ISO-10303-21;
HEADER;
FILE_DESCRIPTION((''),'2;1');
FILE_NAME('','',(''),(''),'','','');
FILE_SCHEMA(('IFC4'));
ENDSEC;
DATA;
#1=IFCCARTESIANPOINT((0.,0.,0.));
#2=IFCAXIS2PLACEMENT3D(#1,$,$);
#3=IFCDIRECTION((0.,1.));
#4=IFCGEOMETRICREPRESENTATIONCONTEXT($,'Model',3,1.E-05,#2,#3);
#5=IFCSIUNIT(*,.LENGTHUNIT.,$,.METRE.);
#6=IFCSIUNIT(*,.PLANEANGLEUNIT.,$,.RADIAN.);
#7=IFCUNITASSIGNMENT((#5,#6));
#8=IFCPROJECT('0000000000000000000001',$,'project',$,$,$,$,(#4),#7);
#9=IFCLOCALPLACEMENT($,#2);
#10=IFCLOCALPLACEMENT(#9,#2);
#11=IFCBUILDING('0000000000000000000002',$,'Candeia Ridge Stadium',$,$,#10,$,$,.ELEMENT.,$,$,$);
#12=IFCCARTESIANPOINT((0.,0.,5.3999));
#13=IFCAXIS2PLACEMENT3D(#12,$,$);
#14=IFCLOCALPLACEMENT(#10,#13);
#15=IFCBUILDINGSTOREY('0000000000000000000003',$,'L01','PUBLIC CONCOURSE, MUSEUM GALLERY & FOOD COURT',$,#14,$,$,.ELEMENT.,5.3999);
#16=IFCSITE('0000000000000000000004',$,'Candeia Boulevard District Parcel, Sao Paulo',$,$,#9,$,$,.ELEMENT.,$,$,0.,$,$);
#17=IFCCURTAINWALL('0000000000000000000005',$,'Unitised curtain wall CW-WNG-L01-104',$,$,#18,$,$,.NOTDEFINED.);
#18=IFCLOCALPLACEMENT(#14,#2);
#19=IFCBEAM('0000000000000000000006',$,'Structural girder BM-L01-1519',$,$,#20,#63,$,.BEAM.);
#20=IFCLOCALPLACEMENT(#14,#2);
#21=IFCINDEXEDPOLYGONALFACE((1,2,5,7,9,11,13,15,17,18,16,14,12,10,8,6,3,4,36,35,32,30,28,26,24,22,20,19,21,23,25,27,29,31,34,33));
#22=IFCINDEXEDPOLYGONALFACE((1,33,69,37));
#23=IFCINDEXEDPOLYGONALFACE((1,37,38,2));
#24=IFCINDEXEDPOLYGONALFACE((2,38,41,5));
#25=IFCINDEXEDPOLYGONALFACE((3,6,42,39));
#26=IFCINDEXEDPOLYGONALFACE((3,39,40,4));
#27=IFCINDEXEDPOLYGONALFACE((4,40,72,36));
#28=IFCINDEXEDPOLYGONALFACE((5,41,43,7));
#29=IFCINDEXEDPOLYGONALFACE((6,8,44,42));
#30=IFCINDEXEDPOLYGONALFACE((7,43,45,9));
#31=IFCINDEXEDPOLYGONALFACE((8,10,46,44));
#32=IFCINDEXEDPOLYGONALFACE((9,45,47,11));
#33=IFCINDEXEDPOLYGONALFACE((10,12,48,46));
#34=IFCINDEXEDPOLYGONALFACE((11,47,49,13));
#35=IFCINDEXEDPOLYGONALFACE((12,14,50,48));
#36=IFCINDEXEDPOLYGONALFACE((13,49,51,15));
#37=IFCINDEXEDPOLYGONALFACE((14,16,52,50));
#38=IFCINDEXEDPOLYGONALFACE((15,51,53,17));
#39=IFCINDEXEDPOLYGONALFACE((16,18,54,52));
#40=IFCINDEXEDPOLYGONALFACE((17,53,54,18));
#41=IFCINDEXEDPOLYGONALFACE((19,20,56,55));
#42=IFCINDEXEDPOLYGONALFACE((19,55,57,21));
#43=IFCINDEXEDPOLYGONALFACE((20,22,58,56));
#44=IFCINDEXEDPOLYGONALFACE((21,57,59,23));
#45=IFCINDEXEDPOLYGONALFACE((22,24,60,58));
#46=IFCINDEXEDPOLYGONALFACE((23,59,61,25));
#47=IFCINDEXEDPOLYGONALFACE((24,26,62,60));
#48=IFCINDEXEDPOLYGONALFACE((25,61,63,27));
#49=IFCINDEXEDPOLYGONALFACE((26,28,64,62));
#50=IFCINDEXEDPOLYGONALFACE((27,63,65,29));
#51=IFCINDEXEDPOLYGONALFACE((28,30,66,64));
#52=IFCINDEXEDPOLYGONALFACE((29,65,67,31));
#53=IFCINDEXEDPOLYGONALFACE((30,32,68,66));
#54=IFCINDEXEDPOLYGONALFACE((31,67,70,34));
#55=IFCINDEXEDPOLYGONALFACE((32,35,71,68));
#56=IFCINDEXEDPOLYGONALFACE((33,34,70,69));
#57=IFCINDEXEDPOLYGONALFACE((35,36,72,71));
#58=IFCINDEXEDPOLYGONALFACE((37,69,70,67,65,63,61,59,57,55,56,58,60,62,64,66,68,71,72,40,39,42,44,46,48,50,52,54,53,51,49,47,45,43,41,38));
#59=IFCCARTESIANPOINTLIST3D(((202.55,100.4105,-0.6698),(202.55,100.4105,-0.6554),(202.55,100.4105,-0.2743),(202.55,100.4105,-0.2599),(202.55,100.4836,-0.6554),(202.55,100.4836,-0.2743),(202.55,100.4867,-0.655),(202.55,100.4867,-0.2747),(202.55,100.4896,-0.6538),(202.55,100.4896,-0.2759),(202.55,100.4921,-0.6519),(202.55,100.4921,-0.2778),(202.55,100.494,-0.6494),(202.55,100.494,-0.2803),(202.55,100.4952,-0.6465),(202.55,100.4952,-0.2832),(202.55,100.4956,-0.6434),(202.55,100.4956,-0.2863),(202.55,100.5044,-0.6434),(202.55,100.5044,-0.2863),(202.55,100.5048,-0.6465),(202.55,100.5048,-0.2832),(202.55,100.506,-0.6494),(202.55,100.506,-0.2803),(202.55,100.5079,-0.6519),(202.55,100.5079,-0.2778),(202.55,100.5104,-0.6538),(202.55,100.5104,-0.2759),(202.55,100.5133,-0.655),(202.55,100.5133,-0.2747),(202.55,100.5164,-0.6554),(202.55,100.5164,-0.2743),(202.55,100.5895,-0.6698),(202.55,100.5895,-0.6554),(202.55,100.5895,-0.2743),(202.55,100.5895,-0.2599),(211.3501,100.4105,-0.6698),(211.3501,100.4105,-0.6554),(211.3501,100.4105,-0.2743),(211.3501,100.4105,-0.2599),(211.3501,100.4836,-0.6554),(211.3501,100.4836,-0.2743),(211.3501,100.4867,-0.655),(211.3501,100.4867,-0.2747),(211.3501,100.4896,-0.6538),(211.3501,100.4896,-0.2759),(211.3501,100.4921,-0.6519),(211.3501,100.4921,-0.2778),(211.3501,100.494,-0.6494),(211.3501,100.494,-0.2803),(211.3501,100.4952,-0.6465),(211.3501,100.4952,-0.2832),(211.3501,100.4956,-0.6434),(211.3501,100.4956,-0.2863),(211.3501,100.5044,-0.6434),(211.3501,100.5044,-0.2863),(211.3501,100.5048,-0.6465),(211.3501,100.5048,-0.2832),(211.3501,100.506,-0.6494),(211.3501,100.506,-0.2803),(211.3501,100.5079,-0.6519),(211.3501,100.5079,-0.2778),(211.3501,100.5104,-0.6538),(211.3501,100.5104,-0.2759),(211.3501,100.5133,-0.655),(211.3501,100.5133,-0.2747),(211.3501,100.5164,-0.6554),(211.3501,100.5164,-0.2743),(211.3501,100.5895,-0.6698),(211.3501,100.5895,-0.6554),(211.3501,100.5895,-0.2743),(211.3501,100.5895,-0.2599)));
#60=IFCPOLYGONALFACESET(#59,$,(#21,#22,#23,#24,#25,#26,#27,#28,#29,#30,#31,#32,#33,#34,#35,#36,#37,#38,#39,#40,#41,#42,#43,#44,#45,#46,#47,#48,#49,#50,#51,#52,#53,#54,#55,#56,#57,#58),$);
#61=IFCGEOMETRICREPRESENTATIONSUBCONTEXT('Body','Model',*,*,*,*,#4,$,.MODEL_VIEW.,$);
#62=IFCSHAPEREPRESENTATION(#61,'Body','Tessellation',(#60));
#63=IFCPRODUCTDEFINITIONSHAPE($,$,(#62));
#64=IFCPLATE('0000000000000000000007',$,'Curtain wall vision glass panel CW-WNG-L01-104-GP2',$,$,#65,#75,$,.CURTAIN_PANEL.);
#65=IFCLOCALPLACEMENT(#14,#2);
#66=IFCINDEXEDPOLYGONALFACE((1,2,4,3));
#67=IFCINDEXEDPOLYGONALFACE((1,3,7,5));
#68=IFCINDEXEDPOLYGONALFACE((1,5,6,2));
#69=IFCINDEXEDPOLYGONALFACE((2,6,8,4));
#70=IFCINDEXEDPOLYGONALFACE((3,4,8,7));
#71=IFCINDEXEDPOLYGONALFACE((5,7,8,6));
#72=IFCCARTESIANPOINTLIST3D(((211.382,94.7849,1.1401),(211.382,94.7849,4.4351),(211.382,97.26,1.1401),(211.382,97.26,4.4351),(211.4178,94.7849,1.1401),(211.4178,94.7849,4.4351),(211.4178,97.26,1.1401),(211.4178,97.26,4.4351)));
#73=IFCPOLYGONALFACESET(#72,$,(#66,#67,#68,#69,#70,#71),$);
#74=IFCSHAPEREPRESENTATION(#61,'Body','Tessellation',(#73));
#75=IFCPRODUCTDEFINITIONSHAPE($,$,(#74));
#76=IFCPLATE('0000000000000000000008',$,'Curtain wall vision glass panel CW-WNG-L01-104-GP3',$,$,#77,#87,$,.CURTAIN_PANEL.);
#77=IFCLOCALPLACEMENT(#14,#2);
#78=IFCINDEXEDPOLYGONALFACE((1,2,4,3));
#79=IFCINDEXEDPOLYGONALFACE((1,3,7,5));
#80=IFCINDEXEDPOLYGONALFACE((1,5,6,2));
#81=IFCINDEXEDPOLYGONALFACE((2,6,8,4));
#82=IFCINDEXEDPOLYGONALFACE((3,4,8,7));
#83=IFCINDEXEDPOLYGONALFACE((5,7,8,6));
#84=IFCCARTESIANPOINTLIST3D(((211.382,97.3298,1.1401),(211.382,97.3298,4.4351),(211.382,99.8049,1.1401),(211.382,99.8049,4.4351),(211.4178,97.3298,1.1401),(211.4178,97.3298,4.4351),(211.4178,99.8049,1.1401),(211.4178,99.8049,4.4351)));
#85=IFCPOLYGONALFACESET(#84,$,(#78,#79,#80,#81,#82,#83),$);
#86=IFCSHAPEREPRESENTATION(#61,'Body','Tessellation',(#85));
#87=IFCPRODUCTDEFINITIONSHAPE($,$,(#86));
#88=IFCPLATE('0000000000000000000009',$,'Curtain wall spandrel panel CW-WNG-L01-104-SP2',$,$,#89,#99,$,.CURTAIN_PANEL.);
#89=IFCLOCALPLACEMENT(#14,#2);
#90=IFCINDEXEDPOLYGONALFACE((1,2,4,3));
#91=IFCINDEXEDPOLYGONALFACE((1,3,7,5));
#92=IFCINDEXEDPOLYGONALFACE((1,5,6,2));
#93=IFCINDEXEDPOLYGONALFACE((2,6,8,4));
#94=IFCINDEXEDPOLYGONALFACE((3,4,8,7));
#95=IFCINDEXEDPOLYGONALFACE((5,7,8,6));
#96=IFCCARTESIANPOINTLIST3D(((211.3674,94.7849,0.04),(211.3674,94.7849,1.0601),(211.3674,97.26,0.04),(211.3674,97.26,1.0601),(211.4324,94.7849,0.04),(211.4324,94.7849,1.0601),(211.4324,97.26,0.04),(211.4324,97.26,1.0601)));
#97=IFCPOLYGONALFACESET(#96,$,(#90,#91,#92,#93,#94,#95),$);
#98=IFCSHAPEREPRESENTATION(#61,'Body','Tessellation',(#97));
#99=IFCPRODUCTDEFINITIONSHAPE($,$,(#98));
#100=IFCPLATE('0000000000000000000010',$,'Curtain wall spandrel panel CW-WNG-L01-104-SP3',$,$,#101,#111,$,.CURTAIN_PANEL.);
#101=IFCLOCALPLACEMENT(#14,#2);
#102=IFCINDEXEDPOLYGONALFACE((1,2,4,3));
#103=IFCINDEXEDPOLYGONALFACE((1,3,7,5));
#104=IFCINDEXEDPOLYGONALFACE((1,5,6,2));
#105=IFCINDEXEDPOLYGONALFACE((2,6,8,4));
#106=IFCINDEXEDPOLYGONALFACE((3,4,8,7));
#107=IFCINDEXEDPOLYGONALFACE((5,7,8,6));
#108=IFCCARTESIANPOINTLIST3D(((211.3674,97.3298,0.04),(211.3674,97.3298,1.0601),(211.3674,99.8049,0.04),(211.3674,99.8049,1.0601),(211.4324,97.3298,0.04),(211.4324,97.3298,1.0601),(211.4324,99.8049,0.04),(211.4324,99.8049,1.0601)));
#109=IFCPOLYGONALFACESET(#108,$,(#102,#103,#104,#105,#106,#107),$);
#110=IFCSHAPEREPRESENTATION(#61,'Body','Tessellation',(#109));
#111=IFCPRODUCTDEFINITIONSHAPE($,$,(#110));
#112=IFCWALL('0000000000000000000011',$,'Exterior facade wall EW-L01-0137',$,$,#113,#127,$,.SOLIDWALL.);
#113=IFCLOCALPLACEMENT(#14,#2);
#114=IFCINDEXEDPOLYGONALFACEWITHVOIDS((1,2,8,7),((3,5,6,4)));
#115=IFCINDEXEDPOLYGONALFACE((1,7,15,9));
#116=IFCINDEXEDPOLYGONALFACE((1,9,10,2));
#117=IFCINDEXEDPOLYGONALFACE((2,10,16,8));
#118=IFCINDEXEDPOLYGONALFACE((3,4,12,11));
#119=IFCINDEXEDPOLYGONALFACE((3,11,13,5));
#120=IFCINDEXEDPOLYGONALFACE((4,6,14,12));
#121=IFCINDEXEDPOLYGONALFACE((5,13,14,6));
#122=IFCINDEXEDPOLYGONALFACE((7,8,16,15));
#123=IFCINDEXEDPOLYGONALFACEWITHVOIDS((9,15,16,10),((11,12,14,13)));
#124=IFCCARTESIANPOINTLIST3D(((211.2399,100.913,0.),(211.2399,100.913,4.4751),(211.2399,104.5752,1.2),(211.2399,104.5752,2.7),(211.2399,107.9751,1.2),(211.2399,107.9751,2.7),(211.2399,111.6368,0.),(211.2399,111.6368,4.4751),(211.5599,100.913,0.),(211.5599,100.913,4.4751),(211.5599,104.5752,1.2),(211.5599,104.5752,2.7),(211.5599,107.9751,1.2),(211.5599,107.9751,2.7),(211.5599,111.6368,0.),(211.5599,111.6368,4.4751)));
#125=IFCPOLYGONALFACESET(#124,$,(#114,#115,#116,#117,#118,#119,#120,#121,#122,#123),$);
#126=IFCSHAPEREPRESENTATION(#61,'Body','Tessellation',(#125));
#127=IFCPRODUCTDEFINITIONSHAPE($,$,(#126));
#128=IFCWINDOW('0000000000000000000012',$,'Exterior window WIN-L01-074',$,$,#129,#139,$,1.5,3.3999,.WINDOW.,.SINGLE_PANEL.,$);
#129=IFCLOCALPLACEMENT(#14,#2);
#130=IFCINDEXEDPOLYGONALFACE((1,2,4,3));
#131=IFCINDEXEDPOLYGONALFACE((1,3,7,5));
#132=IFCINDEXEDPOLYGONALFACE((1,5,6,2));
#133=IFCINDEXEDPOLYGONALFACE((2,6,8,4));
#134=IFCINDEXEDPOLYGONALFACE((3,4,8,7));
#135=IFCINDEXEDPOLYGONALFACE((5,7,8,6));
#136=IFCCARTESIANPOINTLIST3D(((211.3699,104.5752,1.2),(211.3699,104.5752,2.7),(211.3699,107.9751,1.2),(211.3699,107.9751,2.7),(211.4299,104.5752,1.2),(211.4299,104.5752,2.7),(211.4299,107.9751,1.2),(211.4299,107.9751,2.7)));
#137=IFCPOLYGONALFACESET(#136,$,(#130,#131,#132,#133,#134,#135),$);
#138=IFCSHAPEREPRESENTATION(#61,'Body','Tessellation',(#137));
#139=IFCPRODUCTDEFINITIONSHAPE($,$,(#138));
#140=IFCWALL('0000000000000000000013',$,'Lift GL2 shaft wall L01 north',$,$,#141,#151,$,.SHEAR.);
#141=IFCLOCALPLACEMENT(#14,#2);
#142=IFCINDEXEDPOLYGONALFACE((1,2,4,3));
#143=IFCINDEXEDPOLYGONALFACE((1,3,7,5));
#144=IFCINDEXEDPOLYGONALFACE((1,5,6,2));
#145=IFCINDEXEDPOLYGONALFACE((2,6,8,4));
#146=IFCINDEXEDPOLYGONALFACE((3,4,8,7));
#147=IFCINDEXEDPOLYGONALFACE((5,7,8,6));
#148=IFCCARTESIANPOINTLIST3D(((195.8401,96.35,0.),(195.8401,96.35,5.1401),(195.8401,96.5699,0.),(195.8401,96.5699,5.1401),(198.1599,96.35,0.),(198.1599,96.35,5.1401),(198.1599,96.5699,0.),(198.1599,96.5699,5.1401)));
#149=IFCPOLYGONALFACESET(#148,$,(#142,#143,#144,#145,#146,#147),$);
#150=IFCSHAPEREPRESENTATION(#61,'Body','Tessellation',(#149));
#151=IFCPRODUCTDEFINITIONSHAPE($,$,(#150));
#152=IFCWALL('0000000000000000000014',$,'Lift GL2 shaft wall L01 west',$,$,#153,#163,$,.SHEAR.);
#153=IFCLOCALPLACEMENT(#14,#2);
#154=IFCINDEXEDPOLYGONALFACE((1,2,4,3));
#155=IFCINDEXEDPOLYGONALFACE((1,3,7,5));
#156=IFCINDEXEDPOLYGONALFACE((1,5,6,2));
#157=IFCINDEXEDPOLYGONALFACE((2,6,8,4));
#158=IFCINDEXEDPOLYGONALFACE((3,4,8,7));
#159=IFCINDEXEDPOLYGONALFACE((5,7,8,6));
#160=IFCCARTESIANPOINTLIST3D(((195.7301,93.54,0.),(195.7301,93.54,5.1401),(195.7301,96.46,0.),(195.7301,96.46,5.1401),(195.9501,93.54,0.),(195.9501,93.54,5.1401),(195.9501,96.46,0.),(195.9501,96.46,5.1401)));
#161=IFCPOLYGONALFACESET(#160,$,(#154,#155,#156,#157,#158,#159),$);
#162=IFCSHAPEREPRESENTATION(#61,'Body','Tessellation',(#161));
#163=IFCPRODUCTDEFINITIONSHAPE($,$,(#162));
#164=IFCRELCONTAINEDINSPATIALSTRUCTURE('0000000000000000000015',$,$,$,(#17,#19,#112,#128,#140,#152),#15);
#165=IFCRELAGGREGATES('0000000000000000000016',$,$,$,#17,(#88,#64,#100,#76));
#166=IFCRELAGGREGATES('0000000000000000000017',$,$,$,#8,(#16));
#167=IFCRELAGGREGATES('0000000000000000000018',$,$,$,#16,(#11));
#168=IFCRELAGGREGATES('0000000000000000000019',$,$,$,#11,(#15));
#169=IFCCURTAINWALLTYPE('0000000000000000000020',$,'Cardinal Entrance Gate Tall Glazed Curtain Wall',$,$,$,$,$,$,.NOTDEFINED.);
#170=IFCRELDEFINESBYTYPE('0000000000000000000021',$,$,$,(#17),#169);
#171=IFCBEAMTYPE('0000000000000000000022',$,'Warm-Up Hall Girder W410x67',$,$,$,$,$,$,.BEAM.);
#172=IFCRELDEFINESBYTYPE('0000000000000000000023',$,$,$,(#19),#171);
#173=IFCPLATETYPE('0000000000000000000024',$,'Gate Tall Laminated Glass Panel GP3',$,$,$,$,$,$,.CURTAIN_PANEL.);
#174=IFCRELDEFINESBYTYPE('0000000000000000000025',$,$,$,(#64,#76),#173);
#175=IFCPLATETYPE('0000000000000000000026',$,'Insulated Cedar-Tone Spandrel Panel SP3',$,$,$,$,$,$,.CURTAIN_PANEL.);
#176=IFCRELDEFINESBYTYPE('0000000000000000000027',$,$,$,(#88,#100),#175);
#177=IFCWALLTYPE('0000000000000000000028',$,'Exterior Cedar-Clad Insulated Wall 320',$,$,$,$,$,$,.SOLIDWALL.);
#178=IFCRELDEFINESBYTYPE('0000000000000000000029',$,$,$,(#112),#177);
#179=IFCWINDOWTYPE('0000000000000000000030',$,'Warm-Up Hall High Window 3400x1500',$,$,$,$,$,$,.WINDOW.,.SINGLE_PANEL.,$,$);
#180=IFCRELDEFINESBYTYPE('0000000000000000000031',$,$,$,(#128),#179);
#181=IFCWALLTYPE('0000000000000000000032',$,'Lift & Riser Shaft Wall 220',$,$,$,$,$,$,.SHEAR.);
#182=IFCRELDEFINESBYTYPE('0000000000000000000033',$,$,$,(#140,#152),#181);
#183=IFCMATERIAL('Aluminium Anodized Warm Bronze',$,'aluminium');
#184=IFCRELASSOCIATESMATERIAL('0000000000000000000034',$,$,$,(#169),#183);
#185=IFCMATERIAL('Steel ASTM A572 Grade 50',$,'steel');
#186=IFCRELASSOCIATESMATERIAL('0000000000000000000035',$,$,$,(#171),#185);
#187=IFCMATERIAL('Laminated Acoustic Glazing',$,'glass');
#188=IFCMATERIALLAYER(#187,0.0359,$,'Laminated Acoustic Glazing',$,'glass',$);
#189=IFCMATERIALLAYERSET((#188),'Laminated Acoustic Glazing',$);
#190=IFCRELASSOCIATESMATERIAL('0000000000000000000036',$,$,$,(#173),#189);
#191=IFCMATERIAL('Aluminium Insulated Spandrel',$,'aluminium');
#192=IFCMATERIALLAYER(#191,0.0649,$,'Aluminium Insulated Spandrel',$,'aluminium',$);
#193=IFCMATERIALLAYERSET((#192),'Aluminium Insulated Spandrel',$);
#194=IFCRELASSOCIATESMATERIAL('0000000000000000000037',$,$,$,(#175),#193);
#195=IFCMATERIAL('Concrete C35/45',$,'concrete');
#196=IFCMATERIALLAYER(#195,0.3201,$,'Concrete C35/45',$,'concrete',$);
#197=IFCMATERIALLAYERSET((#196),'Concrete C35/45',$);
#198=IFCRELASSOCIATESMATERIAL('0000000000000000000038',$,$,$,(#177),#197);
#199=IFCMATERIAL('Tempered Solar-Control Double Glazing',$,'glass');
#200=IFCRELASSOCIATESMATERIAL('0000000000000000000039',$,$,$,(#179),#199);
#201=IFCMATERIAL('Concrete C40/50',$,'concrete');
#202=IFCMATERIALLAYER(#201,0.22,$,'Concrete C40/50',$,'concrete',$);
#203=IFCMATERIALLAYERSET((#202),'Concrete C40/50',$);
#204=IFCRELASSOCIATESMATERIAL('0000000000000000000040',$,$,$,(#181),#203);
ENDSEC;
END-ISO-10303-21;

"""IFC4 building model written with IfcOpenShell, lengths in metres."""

from ifc_helpers import new_model, si_unit, direction, frame, frame_2d, origin, origin_2d, place, context, subcontext, project, spatial, rectangle, i_section, extrude, material, layer, layer_set, material_profile, profile_set, type_object, element, fill, aggregate, save


model = new_model("IFC4")

# Units and contexts
model_context = context("Model", 3, precision=1e-05, world=origin(), true_north=direction((0.0, 1.0)))
body_context = subcontext(model_context, "Body", "Model", "MODEL_VIEW")
ifc_project = project(units=[si_unit("LENGTHUNIT", "METRE"), si_unit("PLANEANGLEUNIT", "RADIAN")], contexts=[model_context])

# Site, building, storey
site_placement = place(None, origin())
site = spatial("IfcSite", under=ifc_project, at=site_placement, Name="Candeia Boulevard District Parcel, Sao Paulo", CompositionType="ELEMENT", RefElevation=0.0)
building_placement = place(site_placement, origin())
building = spatial("IfcBuilding", under=site, at=building_placement, Name="Candeia Ridge Stadium", CompositionType="ELEMENT")
storey_placement = place(building_placement, frame((0.0, 0.0, 5.3999)))
storey = spatial("IfcBuildingStorey", under=building, at=storey_placement, Name="L01", Description="PUBLIC CONCOURSE, MUSEUM GALLERY & FOOD COURT", CompositionType="ELEMENT", Elevation=5.3999)

# Curtain wall
ifc_material_1 = material(Name="Aluminium Anodized Warm Bronze", Category="aluminium")
curtain_wall_type = type_object("IfcCurtainWallType", Name="Cardinal Entrance Gate Tall Glazed Curtain Wall", PredefinedType="NOTDEFINED", material=ifc_material_1)
curtain_wall_placement = place(storey_placement, origin())
curtain_wall = element("IfcCurtainWall", 1, at=curtain_wall_placement, inside=storey, type_object=curtain_wall_type, Name="Unitised curtain wall CW-WNG-L01-104", PredefinedType="NOTDEFINED")

# Beam
ifc_material_2 = material(Name="Concrete C40/50", Category="concrete")
ifc_material_3 = material(Name="Steel ASTM A572 Grade 50", Category="steel")
ifc_material_profile_1 = material_profile(ifc_material_3, i_section(OverallWidth=0.179, OverallDepth=0.4099, WebThickness=0.0088, FlangeThickness=0.0144, FilletRadius=0.012, at=origin_2d()), Name="W410x67", Category="steel")
ifc_profile_set_1 = profile_set([ifc_material_profile_1], Name="Steel ASTM A572 Grade 50")
beam_type_1 = type_object("IfcBeamType", Name="Warm-Up Hall Girder W410x67", PredefinedType="BEAM", material=ifc_profile_set_1)
for number, where, z_axis, x_axis, name in (
    (2, (202.55, 100.5, -0.4648), (1.0, 0.0, 0.0), (0.0, 1.0, 0.0), "Structural girder BM-L01-1519"),
):
    element("IfcBeam", number, at=place(storey_placement, frame(where, z_axis=z_axis, x_axis=x_axis)), inside=storey, type_object=beam_type_1, Name=name, PredefinedType="BEAM", context=body_context, shape_type="SweptSolid", body=[
        extrude(i_section(OverallWidth=0.179, OverallDepth=0.4099, WebThickness=0.0088, FlangeThickness=0.0144, FilletRadius=0.012, at=origin_2d()), origin(), (0.0, 0.0, 1.0), 8.8),
    ])

# Plates
ifc_material_4 = material(Name="Laminated Acoustic Glazing", Category="glass")
ifc_layer_1 = layer(ifc_material_4, 0.0359, Name="Laminated Acoustic Glazing", Category="glass")
ifc_layer_set_1 = layer_set([ifc_layer_1], Name="Laminated Acoustic Glazing")
plate_type_1 = type_object("IfcPlateType", Name="Gate Tall Laminated Glass Panel GP3", PredefinedType="CURTAIN_PANEL", material=ifc_layer_set_1)
plate_1_placement = place(storey_placement, frame((211.3999, 96.0225, 1.1401), z_axis=(0.0, 0.0, 1.0), x_axis=(0.0, 1.0, 0.0)))
plate_1 = element("IfcPlate", 3, at=plate_1_placement, type_object=plate_type_1, Name="Curtain wall vision glass panel CW-WNG-L01-104-GP2", PredefinedType="CURTAIN_PANEL", context=body_context, shape_type="SweptSolid", body=[
    extrude(rectangle(XDim=2.4751, YDim=0.0359, at=origin_2d()), origin(), (0.0, 0.0, 1.0), 3.2949),
])
plate_2_placement = place(storey_placement, frame((211.3999, 98.5674, 1.1401), z_axis=(0.0, 0.0, 1.0), x_axis=(0.0, 1.0, 0.0)))
plate_2 = element("IfcPlate", 4, at=plate_2_placement, type_object=plate_type_1, Name="Curtain wall vision glass panel CW-WNG-L01-104-GP3", PredefinedType="CURTAIN_PANEL", context=body_context, shape_type="SweptSolid", body=[
    extrude(rectangle(XDim=2.4751, YDim=0.0359, at=origin_2d()), origin(), (0.0, 0.0, 1.0), 3.2949),
])
ifc_material_5 = material(Name="Aluminium Insulated Spandrel", Category="aluminium")
ifc_layer_2 = layer(ifc_material_5, 0.0649, Name="Aluminium Insulated Spandrel", Category="aluminium")
ifc_layer_set_2 = layer_set([ifc_layer_2], Name="Aluminium Insulated Spandrel")
plate_type_2 = type_object("IfcPlateType", Name="Insulated Cedar-Tone Spandrel Panel SP3", PredefinedType="CURTAIN_PANEL", material=ifc_layer_set_2)
plate_3_placement = place(storey_placement, frame((211.3999, 96.0225, 0.04), z_axis=(0.0, 0.0, 1.0), x_axis=(0.0, 1.0, 0.0)))
plate_3 = element("IfcPlate", 5, at=plate_3_placement, type_object=plate_type_2, Name="Curtain wall spandrel panel CW-WNG-L01-104-SP2", PredefinedType="CURTAIN_PANEL", context=body_context, shape_type="SweptSolid", body=[
    extrude(rectangle(XDim=2.4751, YDim=0.0649, at=origin_2d()), origin(), (0.0, 0.0, 1.0), 1.02),
])
plate_4_placement = place(storey_placement, frame((211.3999, 98.5674, 0.04), z_axis=(0.0, 0.0, 1.0), x_axis=(0.0, 1.0, 0.0)))
plate_4 = element("IfcPlate", 6, at=plate_4_placement, type_object=plate_type_2, Name="Curtain wall spandrel panel CW-WNG-L01-104-SP3", PredefinedType="CURTAIN_PANEL", context=body_context, shape_type="SweptSolid", body=[
    extrude(rectangle(XDim=2.4751, YDim=0.0649, at=origin_2d()), origin(), (0.0, 0.0, 1.0), 1.02),
])
aggregate(curtain_wall, [plate_3, plate_1, plate_4, plate_2])

# Wall, opening, window
ifc_material_6 = material(Name="Concrete C35/45", Category="concrete")
ifc_layer_3 = layer(ifc_material_6, 0.3201, Name="Concrete C35/45", Category="concrete")
ifc_layer_set_3 = layer_set([ifc_layer_3], Name="Concrete C35/45")
wall_type_1 = type_object("IfcWallType", Name="Exterior Cedar-Clad Insulated Wall 320", PredefinedType="SOLIDWALL", material=ifc_layer_set_3)
wall_1_placement = place(storey_placement, frame((211.3999, 100.9131, 0.0), z_axis=(0.0, 0.0, 1.0), x_axis=(0.0, 1.0, 0.0)))
wall_1 = element("IfcWall", 7, at=wall_1_placement, inside=storey, type_object=wall_type_1, Name="Exterior facade wall EW-L01-0137", PredefinedType="SOLIDWALL", context=body_context, shape_type="SweptSolid", body=[
    extrude(rectangle(XDim=10.7239, YDim=0.3201, at=frame_2d((5.3618, 0.0))), origin(), (0.0, 0.0, 1.0), 4.4751),
])
opening_placement = place(wall_1_placement, frame((3.6621, 0.0, 1.2)))
opening = element("IfcOpeningElement", 8, at=opening_placement, cuts=wall_1, PredefinedType="OPENING", context=body_context, shape_type="SweptSolid", body=[
    extrude(rectangle(XDim=3.3999, YDim=1.5, at=frame_2d((1.7, 0.75))), frame((0.0, 0.1699, 0.0), z_axis=(0.0, -1.0, 0.0), x_axis=(1.0, 0.0, 0.0)), (0.0, 0.0, 1.0), 0.3401),
])
ifc_material_7 = material(Name="Tempered Solar-Control Double Glazing", Category="glass")
window_type = type_object("IfcWindowType", Name="Warm-Up Hall High Window 3400x1500", PartitioningType="SINGLE_PANEL", PredefinedType="WINDOW", material=ifc_material_7)
window_placement = place(opening_placement, origin())
window = element("IfcWindow", 9, at=window_placement, inside=storey, type_object=window_type, Name="Exterior window WIN-L01-074", OverallHeight=1.5, OverallWidth=3.3999, PartitioningType="SINGLE_PANEL", PredefinedType="WINDOW", context=body_context, shape_type="SweptSolid", body=[
    extrude(rectangle(XDim=3.3999, YDim=1.5, at=frame_2d((1.7, 0.75))), frame((0.0, 0.03, 0.0), z_axis=(0.0, -1.0, 0.0), x_axis=(1.0, 0.0, 0.0)), (0.0, 0.0, 1.0), 0.0601),
])
fill(opening, window)

# Walls
ifc_layer_4 = layer(ifc_material_2, 0.22, Name="Concrete C40/50", Category="concrete")
ifc_layer_set_4 = layer_set([ifc_layer_4], Name="Concrete C40/50")
wall_type_2 = type_object("IfcWallType", Name="Lift & Riser Shaft Wall 220", PredefinedType="SHEAR", material=ifc_layer_set_4)
wall_2_placement = place(storey_placement, frame((198.1599, 96.46, 0.0), z_axis=(0.0, 0.0, 1.0), x_axis=(-1.0, 0.0, 0.0)))
element("IfcWall", 10, at=wall_2_placement, inside=storey, type_object=wall_type_2, Name="Lift GL2 shaft wall L01 north", PredefinedType="SHEAR", context=body_context, shape_type="SweptSolid", body=[
    extrude(rectangle(XDim=2.3198, YDim=0.22, at=frame_2d((1.1599, 0.0))), origin(), (0.0, 0.0, 1.0), 5.1401),
])
wall_3_placement = place(storey_placement, frame((195.8401, 96.46, 0.0), z_axis=(0.0, 0.0, 1.0), x_axis=(0.0, -1.0, 0.0)))
element("IfcWall", 11, at=wall_3_placement, inside=storey, type_object=wall_type_2, Name="Lift GL2 shaft wall L01 west", PredefinedType="SHEAR", context=body_context, shape_type="SweptSolid", body=[
    extrude(rectangle(XDim=2.9199, YDim=0.22, at=frame_2d((1.46, 0.0))), origin(), (0.0, 0.0, 1.0), 5.1401),
])

save(model, "model.ifc")
